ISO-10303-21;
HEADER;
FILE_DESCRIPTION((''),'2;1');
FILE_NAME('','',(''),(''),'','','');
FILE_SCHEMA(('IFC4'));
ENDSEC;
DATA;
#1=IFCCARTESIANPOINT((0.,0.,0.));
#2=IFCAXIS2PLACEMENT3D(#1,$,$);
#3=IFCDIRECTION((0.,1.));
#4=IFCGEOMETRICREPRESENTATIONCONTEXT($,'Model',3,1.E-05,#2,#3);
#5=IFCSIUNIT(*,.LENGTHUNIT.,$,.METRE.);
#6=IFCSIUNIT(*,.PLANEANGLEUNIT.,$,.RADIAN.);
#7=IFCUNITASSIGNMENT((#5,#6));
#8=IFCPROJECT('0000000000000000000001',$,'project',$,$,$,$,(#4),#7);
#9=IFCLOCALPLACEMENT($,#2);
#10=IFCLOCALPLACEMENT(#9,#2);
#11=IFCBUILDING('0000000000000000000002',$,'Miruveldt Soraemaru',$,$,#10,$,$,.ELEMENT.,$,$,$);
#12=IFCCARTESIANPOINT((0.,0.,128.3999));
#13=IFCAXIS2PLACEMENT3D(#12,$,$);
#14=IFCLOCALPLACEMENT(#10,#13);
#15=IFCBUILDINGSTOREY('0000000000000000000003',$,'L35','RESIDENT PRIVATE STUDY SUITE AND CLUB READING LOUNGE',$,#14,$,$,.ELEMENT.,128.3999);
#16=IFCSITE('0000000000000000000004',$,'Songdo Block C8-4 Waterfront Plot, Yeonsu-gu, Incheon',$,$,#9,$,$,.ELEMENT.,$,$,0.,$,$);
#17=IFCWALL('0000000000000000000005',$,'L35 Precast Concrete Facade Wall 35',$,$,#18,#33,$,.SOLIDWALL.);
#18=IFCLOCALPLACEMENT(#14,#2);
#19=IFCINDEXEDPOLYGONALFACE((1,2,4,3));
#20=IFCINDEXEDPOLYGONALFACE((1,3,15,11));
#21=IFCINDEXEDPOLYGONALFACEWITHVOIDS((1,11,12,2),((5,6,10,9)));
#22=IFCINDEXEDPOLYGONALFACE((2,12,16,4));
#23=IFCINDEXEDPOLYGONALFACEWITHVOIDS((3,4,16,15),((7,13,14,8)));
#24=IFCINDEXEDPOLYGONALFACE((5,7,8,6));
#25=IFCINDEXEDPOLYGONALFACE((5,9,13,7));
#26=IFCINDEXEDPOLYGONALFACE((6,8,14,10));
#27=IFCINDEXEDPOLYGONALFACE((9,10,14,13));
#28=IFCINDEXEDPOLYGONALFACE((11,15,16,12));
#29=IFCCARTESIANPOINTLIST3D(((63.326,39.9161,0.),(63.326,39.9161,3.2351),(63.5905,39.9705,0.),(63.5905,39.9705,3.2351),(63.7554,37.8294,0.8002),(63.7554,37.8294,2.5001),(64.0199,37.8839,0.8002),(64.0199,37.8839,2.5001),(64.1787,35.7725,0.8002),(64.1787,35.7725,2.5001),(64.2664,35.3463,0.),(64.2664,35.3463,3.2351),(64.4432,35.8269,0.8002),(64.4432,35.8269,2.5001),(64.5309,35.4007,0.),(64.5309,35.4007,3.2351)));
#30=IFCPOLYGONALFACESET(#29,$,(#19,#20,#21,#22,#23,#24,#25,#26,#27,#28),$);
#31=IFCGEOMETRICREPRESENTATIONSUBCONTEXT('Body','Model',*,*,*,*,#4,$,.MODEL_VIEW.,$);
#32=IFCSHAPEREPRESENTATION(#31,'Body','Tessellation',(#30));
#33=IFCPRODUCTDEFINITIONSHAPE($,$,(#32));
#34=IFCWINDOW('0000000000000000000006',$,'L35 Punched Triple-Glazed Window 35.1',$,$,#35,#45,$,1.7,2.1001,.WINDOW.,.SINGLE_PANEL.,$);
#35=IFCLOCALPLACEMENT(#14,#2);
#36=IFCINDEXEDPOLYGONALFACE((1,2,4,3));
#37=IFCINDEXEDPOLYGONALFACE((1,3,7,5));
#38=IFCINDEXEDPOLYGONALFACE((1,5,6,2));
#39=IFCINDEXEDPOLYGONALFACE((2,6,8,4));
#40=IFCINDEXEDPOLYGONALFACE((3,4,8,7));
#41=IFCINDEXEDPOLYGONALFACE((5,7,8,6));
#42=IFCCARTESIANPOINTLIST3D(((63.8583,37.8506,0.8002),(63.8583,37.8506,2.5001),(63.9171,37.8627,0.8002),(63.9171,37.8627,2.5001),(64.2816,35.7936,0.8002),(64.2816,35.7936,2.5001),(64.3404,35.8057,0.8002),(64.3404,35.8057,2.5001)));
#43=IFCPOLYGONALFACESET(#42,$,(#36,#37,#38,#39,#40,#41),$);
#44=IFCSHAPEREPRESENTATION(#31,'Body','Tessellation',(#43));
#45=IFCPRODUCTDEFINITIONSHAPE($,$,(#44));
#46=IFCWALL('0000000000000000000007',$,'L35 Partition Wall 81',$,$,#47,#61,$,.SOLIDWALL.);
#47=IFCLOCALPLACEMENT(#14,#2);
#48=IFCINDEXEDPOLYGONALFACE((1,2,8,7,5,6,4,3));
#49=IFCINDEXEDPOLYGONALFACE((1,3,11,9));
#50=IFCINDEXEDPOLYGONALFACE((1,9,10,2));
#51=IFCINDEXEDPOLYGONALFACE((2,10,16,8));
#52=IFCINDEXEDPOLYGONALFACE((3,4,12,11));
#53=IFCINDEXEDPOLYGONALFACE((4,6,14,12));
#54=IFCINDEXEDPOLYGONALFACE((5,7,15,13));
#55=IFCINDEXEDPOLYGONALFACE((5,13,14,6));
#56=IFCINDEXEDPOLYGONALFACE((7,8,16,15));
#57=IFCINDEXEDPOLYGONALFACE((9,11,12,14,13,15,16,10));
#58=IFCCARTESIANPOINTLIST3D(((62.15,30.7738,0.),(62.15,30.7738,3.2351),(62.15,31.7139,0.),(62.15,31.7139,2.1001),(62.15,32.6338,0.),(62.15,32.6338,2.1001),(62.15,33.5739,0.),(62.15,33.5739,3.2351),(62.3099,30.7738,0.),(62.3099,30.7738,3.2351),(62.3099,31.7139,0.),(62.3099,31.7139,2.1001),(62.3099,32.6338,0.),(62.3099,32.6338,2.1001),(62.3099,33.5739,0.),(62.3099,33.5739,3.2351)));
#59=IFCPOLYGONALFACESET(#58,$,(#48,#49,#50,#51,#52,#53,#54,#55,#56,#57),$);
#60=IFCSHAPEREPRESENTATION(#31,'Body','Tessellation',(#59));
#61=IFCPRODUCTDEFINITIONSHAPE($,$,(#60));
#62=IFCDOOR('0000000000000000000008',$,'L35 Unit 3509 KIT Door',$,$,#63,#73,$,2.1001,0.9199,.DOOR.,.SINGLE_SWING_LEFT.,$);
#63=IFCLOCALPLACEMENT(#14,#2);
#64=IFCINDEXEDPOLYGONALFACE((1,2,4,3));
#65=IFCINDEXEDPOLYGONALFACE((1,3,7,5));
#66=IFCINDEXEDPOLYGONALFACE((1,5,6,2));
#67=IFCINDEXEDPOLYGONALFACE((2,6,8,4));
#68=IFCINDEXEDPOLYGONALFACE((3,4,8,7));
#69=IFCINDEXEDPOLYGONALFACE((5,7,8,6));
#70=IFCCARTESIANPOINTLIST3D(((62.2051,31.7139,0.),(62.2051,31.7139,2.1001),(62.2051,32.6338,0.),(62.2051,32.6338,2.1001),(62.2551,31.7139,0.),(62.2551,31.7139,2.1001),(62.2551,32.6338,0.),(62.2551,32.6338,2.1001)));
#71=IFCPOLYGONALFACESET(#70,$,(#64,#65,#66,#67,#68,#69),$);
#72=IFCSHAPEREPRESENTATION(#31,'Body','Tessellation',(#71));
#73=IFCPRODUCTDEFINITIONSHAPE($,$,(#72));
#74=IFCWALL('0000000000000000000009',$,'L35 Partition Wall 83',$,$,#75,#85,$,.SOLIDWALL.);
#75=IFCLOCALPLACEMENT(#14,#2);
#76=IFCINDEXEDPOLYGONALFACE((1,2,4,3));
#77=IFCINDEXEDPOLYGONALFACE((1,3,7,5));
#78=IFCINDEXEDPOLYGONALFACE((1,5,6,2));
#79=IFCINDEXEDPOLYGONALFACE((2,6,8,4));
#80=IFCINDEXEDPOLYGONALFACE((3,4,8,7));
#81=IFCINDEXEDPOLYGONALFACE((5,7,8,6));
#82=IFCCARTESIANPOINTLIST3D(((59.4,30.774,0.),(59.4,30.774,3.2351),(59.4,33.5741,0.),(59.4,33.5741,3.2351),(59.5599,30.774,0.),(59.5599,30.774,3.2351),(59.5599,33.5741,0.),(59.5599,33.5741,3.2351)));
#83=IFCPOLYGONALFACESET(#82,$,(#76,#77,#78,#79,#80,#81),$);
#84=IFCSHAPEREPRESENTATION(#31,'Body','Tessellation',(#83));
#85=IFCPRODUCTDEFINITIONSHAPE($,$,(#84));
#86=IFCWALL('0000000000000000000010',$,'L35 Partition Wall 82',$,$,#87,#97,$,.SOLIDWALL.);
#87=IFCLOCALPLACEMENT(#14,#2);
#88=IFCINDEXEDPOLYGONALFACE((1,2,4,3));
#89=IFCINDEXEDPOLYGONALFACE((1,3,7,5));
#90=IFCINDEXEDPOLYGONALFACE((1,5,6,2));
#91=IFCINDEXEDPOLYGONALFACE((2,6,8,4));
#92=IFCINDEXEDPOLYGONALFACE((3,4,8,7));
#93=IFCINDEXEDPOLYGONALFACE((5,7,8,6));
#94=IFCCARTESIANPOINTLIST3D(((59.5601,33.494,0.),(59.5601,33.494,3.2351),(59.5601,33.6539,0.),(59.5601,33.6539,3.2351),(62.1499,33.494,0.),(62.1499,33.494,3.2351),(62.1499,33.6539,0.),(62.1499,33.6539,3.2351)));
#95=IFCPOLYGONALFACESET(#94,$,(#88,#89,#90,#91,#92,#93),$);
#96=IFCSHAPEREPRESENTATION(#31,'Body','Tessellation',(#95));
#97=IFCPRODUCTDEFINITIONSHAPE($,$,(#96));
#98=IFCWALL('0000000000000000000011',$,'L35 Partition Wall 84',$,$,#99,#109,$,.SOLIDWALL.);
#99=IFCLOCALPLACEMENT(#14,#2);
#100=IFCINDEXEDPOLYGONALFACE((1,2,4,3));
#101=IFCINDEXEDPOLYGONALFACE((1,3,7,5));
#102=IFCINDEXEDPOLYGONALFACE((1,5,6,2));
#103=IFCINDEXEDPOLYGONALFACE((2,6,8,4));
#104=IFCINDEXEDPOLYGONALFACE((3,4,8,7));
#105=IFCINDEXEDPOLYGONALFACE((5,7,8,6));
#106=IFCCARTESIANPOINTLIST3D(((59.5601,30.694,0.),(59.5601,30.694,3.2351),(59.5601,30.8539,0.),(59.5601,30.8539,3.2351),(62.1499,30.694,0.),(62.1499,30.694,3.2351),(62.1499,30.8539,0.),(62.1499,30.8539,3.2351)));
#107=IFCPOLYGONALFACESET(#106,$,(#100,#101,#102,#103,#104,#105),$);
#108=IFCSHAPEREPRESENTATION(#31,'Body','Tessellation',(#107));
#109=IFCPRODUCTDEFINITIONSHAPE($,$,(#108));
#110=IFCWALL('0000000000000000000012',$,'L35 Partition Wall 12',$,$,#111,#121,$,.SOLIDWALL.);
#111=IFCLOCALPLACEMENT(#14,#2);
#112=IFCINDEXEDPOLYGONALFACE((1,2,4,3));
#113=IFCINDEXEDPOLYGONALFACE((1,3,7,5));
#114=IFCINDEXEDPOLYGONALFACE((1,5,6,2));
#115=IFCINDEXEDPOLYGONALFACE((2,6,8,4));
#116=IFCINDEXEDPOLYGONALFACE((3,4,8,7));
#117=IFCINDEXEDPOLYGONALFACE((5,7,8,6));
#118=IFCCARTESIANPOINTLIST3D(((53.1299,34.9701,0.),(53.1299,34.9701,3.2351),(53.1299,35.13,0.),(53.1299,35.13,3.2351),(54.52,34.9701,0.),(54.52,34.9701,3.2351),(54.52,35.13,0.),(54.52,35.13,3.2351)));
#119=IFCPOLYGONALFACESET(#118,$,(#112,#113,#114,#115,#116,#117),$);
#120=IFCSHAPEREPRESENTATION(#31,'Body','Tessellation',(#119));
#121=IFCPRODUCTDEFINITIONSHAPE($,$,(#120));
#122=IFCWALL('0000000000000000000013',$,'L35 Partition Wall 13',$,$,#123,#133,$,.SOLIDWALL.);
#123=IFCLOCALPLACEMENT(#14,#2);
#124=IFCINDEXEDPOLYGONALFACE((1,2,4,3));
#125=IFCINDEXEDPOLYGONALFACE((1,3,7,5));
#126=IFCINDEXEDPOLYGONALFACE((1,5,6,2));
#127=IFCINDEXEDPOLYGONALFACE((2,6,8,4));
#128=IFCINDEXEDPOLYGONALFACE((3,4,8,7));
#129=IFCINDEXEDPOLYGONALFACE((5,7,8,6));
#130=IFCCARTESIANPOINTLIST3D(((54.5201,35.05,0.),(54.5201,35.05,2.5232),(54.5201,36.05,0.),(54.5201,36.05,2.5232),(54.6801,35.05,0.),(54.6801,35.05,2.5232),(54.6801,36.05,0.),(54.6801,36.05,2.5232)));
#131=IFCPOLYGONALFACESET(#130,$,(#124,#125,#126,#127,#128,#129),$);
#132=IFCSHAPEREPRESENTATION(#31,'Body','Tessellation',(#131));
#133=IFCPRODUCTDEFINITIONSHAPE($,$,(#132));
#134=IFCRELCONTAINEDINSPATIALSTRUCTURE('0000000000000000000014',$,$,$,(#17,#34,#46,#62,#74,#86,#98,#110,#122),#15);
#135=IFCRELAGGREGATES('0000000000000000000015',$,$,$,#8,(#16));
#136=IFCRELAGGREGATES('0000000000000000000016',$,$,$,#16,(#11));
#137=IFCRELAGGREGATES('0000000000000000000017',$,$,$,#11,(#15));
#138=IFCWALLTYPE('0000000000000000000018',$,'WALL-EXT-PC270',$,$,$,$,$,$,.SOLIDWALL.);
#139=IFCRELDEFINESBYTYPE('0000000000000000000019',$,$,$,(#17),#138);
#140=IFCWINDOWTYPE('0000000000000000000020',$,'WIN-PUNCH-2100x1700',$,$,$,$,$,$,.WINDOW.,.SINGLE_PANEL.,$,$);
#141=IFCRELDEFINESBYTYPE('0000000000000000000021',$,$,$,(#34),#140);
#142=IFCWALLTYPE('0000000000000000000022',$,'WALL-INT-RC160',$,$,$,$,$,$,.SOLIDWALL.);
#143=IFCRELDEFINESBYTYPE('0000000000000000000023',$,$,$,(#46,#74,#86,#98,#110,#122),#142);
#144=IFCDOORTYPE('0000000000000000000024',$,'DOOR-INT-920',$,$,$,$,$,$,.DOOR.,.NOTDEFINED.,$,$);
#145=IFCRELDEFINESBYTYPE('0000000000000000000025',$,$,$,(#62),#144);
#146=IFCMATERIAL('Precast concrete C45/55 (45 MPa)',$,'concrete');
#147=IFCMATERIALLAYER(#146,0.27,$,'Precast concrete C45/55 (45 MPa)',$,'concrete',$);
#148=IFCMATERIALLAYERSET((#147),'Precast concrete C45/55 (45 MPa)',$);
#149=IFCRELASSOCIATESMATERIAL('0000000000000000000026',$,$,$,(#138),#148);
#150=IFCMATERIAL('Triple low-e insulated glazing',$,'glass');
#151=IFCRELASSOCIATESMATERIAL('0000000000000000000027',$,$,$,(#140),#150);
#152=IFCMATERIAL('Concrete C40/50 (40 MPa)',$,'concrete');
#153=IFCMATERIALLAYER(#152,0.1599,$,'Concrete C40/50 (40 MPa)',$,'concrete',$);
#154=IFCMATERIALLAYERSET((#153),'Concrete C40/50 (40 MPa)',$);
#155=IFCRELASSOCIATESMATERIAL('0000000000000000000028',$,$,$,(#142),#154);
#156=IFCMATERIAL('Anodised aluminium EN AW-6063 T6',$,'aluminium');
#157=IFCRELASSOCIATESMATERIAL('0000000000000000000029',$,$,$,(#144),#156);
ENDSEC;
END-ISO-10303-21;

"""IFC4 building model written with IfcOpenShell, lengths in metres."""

from ifc_helpers import new_model, si_unit, direction, frame, frame_2d, origin, place, context, subcontext, project, spatial, rectangle, extrude, material, layer, layer_set, type_object, element, fill, save


model = new_model("IFC4")

# Units and contexts
model_context = context("Model", 3, precision=1e-05, world=origin(), true_north=direction((0.0, 1.0)))
body_context = subcontext(model_context, "Body", "Model", "MODEL_VIEW")
ifc_project = project(units=[si_unit("LENGTHUNIT", "METRE"), si_unit("PLANEANGLEUNIT", "RADIAN")], contexts=[model_context])

# Site, building, storey
site_placement = place(None, origin())
site = spatial("IfcSite", under=ifc_project, at=site_placement, Name="Songdo Block C8-4 Waterfront Plot, Yeonsu-gu, Incheon", CompositionType="ELEMENT", RefElevation=0.0)
building_placement = place(site_placement, origin())
building = spatial("IfcBuilding", under=site, at=building_placement, Name="Miruveldt Soraemaru", CompositionType="ELEMENT")
storey_placement = place(building_placement, frame((0.0, 0.0, 128.3999)))
storey = spatial("IfcBuildingStorey", under=building, at=storey_placement, Name="L35", Description="RESIDENT PRIVATE STUDY SUITE AND CLUB READING LOUNGE", CompositionType="ELEMENT", Elevation=128.3999)

# Wall, opening, window
ifc_material_1 = material(Name="Precast concrete C45/55 (45 MPa)", Category="concrete")
ifc_layer_1 = layer(ifc_material_1, 0.27, Name="Precast concrete C45/55 (45 MPa)", Category="concrete")
ifc_layer_set_1 = layer_set([ifc_layer_1], Name="Precast concrete C45/55 (45 MPa)")
wall_type_1 = type_object("IfcWallType", Name="WALL-EXT-PC270", PredefinedType="SOLIDWALL", material=ifc_layer_set_1)
ifc_material_2 = material(Name="Triple low-e insulated glazing", Category="glass")
window_type_1 = type_object("IfcWindowType", Name="WIN-PUNCH-2100x1700", PartitioningType="SINGLE_PANEL", PredefinedType="WINDOW", material=ifc_material_2)
wall_1_placement = place(storey_placement, frame((64.3987, 35.3735, 0.0), z_axis=(0.0, 0.0, 1.0), x_axis=(-0.201567, 0.979475, 0.0)))
wall_1 = element("IfcWall", 1, at=wall_1_placement, inside=storey, type_object=wall_type_1, Name="L35 Precast Concrete Facade Wall 35", PredefinedType="SOLIDWALL", context=body_context, shape_type="SweptSolid", body=[
    extrude(rectangle(XDim=4.6655, YDim=0.27, at=frame_2d((2.3328, 0.0))), origin(), (0.0, 0.0, 1.0), 3.2351),
])
opening_1_placement = place(wall_1_placement, frame((0.4351, 0.0, 0.8)))
opening_1 = element("IfcOpeningElement", 2, at=opening_1_placement, cuts=wall_1, PredefinedType="OPENING", context=body_context, shape_type="SweptSolid", body=[
    extrude(rectangle(XDim=2.1001, YDim=1.7, at=frame_2d((1.05, 0.8501))), frame((0.0, 0.145, 0.0), z_axis=(0.0, -1.0, 0.0), x_axis=(1.0, 0.0, 0.0)), (0.0, 0.0, 1.0), 0.29),
])
window_1_placement = place(opening_1_placement, origin())
window_1 = element("IfcWindow", 3, at=window_1_placement, inside=storey, type_object=window_type_1, Name="L35 Punched Triple-Glazed Window 35.1", OverallHeight=1.7, OverallWidth=2.1001, PartitioningType="SINGLE_PANEL", PredefinedType="WINDOW", context=body_context, shape_type="SweptSolid", body=[
    extrude(rectangle(XDim=2.1001, YDim=1.7, at=frame_2d((1.05, 0.8501))), frame((0.0, 0.03, 0.0), z_axis=(0.0, -1.0, 0.0), x_axis=(1.0, 0.0, 0.0)), (0.0, 0.0, 1.0), 0.0601),
])
fill(opening_1, window_1)

# Wall, opening, door
ifc_material_3 = material(Name="Concrete C40/50 (40 MPa)", Category="concrete")
ifc_layer_2 = layer(ifc_material_3, 0.1599, Name="Concrete C40/50 (40 MPa)", Category="concrete")
ifc_layer_set_2 = layer_set([ifc_layer_2], Name="Concrete C40/50 (40 MPa)")
wall_type_2 = type_object("IfcWallType", Name="WALL-INT-RC160", PredefinedType="SOLIDWALL", material=ifc_layer_set_2)
wall_2_placement = place(storey_placement, frame((62.23, 30.7739, 0.0), z_axis=(0.0, 0.0, 1.0), x_axis=(0.0, 1.0, 0.0)))
wall_2 = element("IfcWall", 4, at=wall_2_placement, inside=storey, type_object=wall_type_2, Name="L35 Partition Wall 81", PredefinedType="SOLIDWALL", context=body_context, shape_type="SweptSolid", body=[
    extrude(rectangle(XDim=2.8, YDim=0.1599, at=frame_2d((1.3999, 0.0))), origin(), (0.0, 0.0, 1.0), 3.2351),
])
opening_2_placement = place(wall_2_placement, frame((0.9399, 0.0, 0.0)))
opening_2 = element("IfcOpeningElement", 5, at=opening_2_placement, cuts=wall_2, PredefinedType="OPENING", context=body_context, shape_type="SweptSolid", body=[
    extrude(rectangle(XDim=0.9199, YDim=2.1001, at=frame_2d((0.46, 1.05))), frame((0.0, 0.0898, 0.0), z_axis=(0.0, -1.0, 0.0), x_axis=(1.0, 0.0, 0.0)), (0.0, 0.0, 1.0), 0.1799),
])
ifc_material_4 = material(Name="Anodised aluminium EN AW-6063 T6", Category="aluminium")
door_type = type_object("IfcDoorType", Name="DOOR-INT-920", OperationType="NOTDEFINED", PredefinedType="DOOR", material=ifc_material_4)
door_placement = place(opening_2_placement, origin())
door = element("IfcDoor", 6, at=door_placement, inside=storey, type_object=door_type, Name="L35 Unit 3509 KIT Door", OperationType="SINGLE_SWING_LEFT", OverallHeight=2.1001, OverallWidth=0.9199, PredefinedType="DOOR", context=body_context, shape_type="SweptSolid", body=[
    extrude(rectangle(XDim=0.9199, YDim=2.1001, at=frame_2d((0.46, 1.05))), frame((0.0, 0.0249, 0.0), z_axis=(0.0, -1.0, 0.0), x_axis=(1.0, 0.0, 0.0)), (0.0, 0.0, 1.0), 0.05),
])
fill(opening_2, door)

# Walls
wall_3_placement = place(storey_placement, frame((59.48, 33.574, 0.0), z_axis=(0.0, 0.0, 1.0), x_axis=(0.0, -1.0, 0.0)))
element("IfcWall", 7, at=wall_3_placement, inside=storey, type_object=wall_type_2, Name="L35 Partition Wall 83", PredefinedType="SOLIDWALL", context=body_context, shape_type="SweptSolid", body=[
    extrude(rectangle(XDim=2.8, YDim=0.1599, at=frame_2d((1.3999, 0.0))), origin(), (0.0, 0.0, 1.0), 3.2351),
])
for number, where, z_axis, x_axis, name in (
    (8, (62.1499, 33.574, 0.0), (0.0, 0.0, 1.0), (-1.0, 0.0, 0.0), "L35 Partition Wall 82"),
    (9, (59.5601, 30.7739, 0.0), (0.0, 0.0, 1.0), (1.0, 0.0, 0.0), "L35 Partition Wall 84"),
):
    element("IfcWall", number, at=place(storey_placement, frame(where, z_axis=z_axis, x_axis=x_axis)), inside=storey, type_object=wall_type_2, Name=name, PredefinedType="SOLIDWALL", context=body_context, shape_type="SweptSolid", body=[
        extrude(rectangle(XDim=2.5898, YDim=0.1599, at=frame_2d((1.2949, 0.0))), origin(), (0.0, 0.0, 1.0), 3.2351),
    ])
wall_4_placement = place(storey_placement, frame((53.1299, 35.05, 0.0), z_axis=(0.0, 0.0, 1.0), x_axis=(1.0, 0.0, 0.0)))
element("IfcWall", 10, at=wall_4_placement, inside=storey, type_object=wall_type_2, Name="L35 Partition Wall 12", PredefinedType="SOLIDWALL", context=body_context, shape_type="SweptSolid", body=[
    extrude(rectangle(XDim=1.3901, YDim=0.1599, at=frame_2d((0.6951, 0.0))), origin(), (0.0, 0.0, 1.0), 3.2351),
])
wall_5_placement = place(storey_placement, frame((54.6001, 35.05, 0.0), z_axis=(0.0, 0.0, 1.0), x_axis=(0.0, 1.0, 0.0)))
element("IfcWall", 11, at=wall_5_placement, inside=storey, type_object=wall_type_2, Name="L35 Partition Wall 13", PredefinedType="SOLIDWALL", context=body_context, shape_type="SweptSolid", body=[
    extrude(rectangle(XDim=1.0, YDim=0.1599, at=frame_2d((0.5, 0.0))), origin(), (0.0, 0.0, 1.0), 2.5232),
])

save(model, "model.ifc")
